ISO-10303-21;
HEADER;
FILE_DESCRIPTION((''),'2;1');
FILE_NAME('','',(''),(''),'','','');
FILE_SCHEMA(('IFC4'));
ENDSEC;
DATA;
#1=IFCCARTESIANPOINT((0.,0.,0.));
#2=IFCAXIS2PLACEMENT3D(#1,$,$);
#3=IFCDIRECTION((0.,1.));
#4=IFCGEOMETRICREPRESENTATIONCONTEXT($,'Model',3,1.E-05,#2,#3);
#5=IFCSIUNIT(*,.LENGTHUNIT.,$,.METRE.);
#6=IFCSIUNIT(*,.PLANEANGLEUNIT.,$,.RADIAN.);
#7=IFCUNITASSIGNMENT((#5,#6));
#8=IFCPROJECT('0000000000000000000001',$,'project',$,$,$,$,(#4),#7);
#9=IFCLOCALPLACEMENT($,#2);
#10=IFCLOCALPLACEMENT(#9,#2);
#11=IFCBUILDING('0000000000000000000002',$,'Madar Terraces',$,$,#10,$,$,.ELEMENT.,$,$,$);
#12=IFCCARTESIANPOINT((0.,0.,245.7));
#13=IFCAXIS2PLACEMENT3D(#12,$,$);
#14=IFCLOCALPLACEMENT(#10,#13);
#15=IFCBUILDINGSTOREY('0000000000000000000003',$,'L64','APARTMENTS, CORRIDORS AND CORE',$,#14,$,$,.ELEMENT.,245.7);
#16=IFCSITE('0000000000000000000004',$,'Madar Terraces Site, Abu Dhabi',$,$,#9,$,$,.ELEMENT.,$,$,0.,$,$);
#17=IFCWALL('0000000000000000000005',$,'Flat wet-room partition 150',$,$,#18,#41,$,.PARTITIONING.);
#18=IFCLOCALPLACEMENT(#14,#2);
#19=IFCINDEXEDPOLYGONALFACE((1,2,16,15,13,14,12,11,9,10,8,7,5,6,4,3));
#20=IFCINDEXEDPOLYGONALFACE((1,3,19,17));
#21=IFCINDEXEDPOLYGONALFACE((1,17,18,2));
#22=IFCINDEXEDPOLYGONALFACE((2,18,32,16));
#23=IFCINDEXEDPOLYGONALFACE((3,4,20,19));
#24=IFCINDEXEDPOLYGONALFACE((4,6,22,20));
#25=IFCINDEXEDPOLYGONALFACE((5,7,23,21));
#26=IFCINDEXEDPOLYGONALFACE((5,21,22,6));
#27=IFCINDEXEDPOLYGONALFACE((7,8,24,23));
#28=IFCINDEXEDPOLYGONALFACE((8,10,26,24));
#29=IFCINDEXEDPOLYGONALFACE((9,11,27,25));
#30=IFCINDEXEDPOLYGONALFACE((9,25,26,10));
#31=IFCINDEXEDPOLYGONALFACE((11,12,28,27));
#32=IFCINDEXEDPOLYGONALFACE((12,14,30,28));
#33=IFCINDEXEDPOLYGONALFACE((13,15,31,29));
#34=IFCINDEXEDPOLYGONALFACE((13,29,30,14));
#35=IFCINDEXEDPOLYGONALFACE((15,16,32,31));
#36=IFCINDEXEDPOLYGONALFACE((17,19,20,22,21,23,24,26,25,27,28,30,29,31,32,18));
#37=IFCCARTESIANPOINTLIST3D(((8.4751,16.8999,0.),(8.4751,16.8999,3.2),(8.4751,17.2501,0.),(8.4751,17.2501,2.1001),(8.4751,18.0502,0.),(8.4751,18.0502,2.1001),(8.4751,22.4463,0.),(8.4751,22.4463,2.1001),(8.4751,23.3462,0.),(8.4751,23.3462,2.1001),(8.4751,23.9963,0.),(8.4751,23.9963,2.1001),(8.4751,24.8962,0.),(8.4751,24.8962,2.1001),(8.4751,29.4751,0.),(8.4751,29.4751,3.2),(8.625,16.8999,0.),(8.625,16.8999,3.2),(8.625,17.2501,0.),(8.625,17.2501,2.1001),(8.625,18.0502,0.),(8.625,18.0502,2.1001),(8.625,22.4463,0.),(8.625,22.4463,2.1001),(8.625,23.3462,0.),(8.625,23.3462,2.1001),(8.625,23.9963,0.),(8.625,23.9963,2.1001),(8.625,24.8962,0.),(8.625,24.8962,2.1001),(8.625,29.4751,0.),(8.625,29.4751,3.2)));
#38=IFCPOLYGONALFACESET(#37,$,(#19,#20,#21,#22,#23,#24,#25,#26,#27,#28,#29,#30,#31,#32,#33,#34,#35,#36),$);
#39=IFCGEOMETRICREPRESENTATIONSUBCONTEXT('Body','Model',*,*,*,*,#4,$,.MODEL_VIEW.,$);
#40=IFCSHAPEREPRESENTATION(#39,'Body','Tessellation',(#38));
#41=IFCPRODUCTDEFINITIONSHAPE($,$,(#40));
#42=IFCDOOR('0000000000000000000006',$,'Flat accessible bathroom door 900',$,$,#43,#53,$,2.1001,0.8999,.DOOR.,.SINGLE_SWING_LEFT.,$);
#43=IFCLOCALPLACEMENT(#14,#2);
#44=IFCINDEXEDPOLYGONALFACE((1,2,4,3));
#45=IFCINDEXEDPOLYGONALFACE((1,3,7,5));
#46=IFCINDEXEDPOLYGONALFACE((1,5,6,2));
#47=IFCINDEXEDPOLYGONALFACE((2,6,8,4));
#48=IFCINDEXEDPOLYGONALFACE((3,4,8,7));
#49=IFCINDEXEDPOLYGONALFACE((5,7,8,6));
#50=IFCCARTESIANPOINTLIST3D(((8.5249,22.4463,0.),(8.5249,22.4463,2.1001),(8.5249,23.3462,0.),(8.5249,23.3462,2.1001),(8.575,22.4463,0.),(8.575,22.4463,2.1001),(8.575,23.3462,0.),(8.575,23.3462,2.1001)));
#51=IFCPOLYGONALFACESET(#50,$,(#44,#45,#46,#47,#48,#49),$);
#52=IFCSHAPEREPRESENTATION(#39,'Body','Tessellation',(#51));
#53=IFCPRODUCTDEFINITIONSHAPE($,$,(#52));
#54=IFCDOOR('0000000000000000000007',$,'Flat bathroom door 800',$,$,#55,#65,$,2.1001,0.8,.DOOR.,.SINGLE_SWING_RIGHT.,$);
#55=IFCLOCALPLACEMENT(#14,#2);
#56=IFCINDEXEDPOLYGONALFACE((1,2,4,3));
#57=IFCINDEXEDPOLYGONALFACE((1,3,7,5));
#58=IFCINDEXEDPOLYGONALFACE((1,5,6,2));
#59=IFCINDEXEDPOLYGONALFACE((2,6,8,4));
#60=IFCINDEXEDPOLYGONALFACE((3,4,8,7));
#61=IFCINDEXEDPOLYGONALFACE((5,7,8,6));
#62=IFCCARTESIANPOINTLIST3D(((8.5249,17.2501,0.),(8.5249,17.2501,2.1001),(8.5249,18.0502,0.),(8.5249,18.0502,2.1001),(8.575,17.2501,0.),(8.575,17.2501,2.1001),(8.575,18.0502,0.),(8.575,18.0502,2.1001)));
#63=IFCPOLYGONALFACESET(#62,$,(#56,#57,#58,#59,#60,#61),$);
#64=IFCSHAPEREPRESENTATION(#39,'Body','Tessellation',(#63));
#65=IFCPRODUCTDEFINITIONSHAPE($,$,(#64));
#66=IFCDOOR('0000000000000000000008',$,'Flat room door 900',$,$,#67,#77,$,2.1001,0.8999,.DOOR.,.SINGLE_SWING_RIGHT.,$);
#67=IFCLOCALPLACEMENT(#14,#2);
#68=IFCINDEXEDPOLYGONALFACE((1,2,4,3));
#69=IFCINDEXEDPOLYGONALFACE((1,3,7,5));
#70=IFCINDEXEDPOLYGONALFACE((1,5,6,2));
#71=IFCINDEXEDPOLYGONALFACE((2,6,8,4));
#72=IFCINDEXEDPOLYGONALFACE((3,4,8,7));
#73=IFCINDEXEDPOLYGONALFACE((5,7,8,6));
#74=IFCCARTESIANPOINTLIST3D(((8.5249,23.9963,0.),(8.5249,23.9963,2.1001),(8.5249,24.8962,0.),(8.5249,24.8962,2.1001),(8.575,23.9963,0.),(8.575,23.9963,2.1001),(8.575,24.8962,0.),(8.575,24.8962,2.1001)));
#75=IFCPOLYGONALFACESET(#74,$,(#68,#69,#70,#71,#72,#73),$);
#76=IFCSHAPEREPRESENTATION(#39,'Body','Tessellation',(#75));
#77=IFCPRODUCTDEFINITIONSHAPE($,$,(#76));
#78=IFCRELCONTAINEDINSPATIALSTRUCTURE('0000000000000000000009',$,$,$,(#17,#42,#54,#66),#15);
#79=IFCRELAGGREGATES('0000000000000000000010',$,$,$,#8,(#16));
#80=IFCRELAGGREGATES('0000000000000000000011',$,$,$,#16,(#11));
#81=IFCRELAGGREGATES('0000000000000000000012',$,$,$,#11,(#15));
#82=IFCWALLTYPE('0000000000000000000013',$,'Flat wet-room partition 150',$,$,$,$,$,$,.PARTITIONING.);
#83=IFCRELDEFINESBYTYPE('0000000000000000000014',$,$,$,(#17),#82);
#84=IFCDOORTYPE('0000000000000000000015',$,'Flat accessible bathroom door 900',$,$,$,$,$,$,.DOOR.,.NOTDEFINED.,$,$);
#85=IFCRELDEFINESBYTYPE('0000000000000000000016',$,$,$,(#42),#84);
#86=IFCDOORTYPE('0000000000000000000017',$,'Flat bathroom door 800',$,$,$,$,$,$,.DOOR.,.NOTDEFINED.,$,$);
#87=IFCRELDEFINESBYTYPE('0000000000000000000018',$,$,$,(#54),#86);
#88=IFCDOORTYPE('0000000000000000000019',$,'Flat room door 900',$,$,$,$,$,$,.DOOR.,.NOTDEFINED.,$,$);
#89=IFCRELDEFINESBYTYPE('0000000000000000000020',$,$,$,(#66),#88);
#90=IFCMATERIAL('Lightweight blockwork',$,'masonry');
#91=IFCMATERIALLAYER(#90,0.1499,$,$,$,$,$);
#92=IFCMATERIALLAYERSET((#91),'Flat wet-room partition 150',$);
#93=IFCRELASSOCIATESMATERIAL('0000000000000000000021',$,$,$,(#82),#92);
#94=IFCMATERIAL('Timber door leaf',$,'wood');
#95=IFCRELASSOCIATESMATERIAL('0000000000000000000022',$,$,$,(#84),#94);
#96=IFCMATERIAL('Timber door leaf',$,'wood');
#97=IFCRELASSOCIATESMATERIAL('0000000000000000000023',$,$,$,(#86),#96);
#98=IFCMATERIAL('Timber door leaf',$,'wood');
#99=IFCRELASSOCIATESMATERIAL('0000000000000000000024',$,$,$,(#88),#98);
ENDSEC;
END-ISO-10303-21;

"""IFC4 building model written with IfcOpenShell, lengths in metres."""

from ifc_helpers import new_model, si_unit, direction, frame, frame_2d, origin, place, context, subcontext, project, spatial, rectangle, extrude, material, layer, layer_set, type_object, element, fill, save


model = new_model("IFC4")

# Units and contexts
model_context = context("Model", 3, precision=1e-05, world=origin(), true_north=direction((0.0, 1.0)))
body_context = subcontext(model_context, "Body", "Model", "MODEL_VIEW")
ifc_project = project(units=[si_unit("LENGTHUNIT", "METRE"), si_unit("PLANEANGLEUNIT", "RADIAN")], contexts=[model_context])

# Site, building, storey
site_placement = place(None, origin())
site = spatial("IfcSite", under=ifc_project, at=site_placement, Name="Madar Terraces Site, Abu Dhabi", CompositionType="ELEMENT", RefElevation=0.0)
building_placement = place(site_placement, origin())
building = spatial("IfcBuilding", under=site, at=building_placement, Name="Madar Terraces", CompositionType="ELEMENT")
storey_placement = place(building_placement, frame((0.0, 0.0, 245.7)))
storey = spatial("IfcBuildingStorey", under=building, at=storey_placement, Name="L64", Description="APARTMENTS, CORRIDORS AND CORE", CompositionType="ELEMENT", Elevation=245.7)

# Shared definitions
ifc_material_1 = material(Name="Lightweight blockwork", Category="masonry")
ifc_layer_1 = layer(ifc_material_1, 0.1499)
ifc_layer_set_1 = layer_set([ifc_layer_1], Name="Flat wet-room partition 150")
wall_type_1 = type_object("IfcWallType", Name="Flat wet-room partition 150", PredefinedType="PARTITIONING", material=ifc_layer_set_1)

# Wall, openings, doors
wall_1_placement = place(storey_placement, frame((8.55, 29.4751, 0.0), z_axis=(0.0, 0.0, 1.0), x_axis=(0.0, -1.0, 0.0)))
wall_1 = element("IfcWall", 1, at=wall_1_placement, inside=storey, type_object=wall_type_1, Name="Flat wet-room partition 150", PredefinedType="PARTITIONING", context=body_context, shape_type="SweptSolid", body=[
    extrude(rectangle(XDim=12.5752, YDim=0.1499, at=frame_2d((6.2876, 0.0))), origin(), (0.0, 0.0, 1.0), 3.2),
])
opening_1_placement = place(wall_1_placement, frame((4.5789, 0.0, 0.0)))
opening_1 = element("IfcOpeningElement", 2, at=opening_1_placement, cuts=wall_1, PredefinedType="OPENING", context=body_context, shape_type="SweptSolid", body=[
    extrude(rectangle(XDim=0.8999, YDim=2.1001, at=frame_2d((0.45, 1.05))), frame((0.0, 0.085, 0.0), z_axis=(0.0, -1.0, 0.0), x_axis=(1.0, 0.0, 0.0)), (0.0, 0.0, 1.0), 0.1699),
])
opening_2_placement = place(wall_1_placement, frame((6.1289, 0.0, 0.0)))
opening_2 = element("IfcOpeningElement", 3, at=opening_2_placement, cuts=wall_1, PredefinedType="OPENING", context=body_context, shape_type="SweptSolid", body=[
    extrude(rectangle(XDim=0.8999, YDim=2.1001, at=frame_2d((0.45, 1.05))), frame((0.0, 0.085, 0.0), z_axis=(0.0, -1.0, 0.0), x_axis=(1.0, 0.0, 0.0)), (0.0, 0.0, 1.0), 0.1699),
])
opening_3_placement = place(wall_1_placement, frame((11.425, 0.0, 0.0)))
opening_3 = element("IfcOpeningElement", 4, at=opening_3_placement, cuts=wall_1, PredefinedType="OPENING", context=body_context, shape_type="SweptSolid", body=[
    extrude(rectangle(XDim=0.8, YDim=2.1001, at=frame_2d((0.3999, 1.05))), frame((0.0, 0.085, 0.0), z_axis=(0.0, -1.0, 0.0), x_axis=(1.0, 0.0, 0.0)), (0.0, 0.0, 1.0), 0.1699),
])
ifc_material_2 = material(Name="Timber door leaf", Category="wood")
door_type_1 = type_object("IfcDoorType", Name="Flat accessible bathroom door 900", OperationType="NOTDEFINED", PredefinedType="DOOR", material=ifc_material_2)
door_1_placement = place(opening_2_placement, origin())
door_1 = element("IfcDoor", 5, at=door_1_placement, inside=storey, type_object=door_type_1, Name="Flat accessible bathroom door 900", OperationType="SINGLE_SWING_LEFT", OverallHeight=2.1001, OverallWidth=0.8999, PredefinedType="DOOR", context=body_context, shape_type="SweptSolid", body=[
    extrude(rectangle(XDim=0.8999, YDim=2.1001, at=frame_2d((0.45, 1.05))), frame((0.0, 0.0249, 0.0), z_axis=(0.0, -1.0, 0.0), x_axis=(1.0, 0.0, 0.0)), (0.0, 0.0, 1.0), 0.05),
])
fill(opening_2, door_1)
ifc_material_3 = material(Name="Timber door leaf", Category="wood")
door_type_2 = type_object("IfcDoorType", Name="Flat bathroom door 800", OperationType="NOTDEFINED", PredefinedType="DOOR", material=ifc_material_3)
door_2_placement = place(opening_3_placement, origin())
door_2 = element("IfcDoor", 6, at=door_2_placement, inside=storey, type_object=door_type_2, Name="Flat bathroom door 800", OperationType="SINGLE_SWING_RIGHT", OverallHeight=2.1001, OverallWidth=0.8, PredefinedType="DOOR", context=body_context, shape_type="SweptSolid", body=[
    extrude(rectangle(XDim=0.8, YDim=2.1001, at=frame_2d((0.3999, 1.05))), frame((0.0, 0.0249, 0.0), z_axis=(0.0, -1.0, 0.0), x_axis=(1.0, 0.0, 0.0)), (0.0, 0.0, 1.0), 0.05),
])
fill(opening_3, door_2)
ifc_material_4 = material(Name="Timber door leaf", Category="wood")
door_type_3 = type_object("IfcDoorType", Name="Flat room door 900", OperationType="NOTDEFINED", PredefinedType="DOOR", material=ifc_material_4)
door_3_placement = place(opening_1_placement, origin())
door_3 = element("IfcDoor", 7, at=door_3_placement, inside=storey, type_object=door_type_3, Name="Flat room door 900", OperationType="SINGLE_SWING_RIGHT", OverallHeight=2.1001, OverallWidth=0.8999, PredefinedType="DOOR", context=body_context, shape_type="SweptSolid", body=[
    extrude(rectangle(XDim=0.8999, YDim=2.1001, at=frame_2d((0.45, 1.05))), frame((0.0, 0.0249, 0.0), z_axis=(0.0, -1.0, 0.0), x_axis=(1.0, 0.0, 0.0)), (0.0, 0.0, 1.0), 0.05),
])
fill(opening_1, door_3)

save(model, "model.ifc")
